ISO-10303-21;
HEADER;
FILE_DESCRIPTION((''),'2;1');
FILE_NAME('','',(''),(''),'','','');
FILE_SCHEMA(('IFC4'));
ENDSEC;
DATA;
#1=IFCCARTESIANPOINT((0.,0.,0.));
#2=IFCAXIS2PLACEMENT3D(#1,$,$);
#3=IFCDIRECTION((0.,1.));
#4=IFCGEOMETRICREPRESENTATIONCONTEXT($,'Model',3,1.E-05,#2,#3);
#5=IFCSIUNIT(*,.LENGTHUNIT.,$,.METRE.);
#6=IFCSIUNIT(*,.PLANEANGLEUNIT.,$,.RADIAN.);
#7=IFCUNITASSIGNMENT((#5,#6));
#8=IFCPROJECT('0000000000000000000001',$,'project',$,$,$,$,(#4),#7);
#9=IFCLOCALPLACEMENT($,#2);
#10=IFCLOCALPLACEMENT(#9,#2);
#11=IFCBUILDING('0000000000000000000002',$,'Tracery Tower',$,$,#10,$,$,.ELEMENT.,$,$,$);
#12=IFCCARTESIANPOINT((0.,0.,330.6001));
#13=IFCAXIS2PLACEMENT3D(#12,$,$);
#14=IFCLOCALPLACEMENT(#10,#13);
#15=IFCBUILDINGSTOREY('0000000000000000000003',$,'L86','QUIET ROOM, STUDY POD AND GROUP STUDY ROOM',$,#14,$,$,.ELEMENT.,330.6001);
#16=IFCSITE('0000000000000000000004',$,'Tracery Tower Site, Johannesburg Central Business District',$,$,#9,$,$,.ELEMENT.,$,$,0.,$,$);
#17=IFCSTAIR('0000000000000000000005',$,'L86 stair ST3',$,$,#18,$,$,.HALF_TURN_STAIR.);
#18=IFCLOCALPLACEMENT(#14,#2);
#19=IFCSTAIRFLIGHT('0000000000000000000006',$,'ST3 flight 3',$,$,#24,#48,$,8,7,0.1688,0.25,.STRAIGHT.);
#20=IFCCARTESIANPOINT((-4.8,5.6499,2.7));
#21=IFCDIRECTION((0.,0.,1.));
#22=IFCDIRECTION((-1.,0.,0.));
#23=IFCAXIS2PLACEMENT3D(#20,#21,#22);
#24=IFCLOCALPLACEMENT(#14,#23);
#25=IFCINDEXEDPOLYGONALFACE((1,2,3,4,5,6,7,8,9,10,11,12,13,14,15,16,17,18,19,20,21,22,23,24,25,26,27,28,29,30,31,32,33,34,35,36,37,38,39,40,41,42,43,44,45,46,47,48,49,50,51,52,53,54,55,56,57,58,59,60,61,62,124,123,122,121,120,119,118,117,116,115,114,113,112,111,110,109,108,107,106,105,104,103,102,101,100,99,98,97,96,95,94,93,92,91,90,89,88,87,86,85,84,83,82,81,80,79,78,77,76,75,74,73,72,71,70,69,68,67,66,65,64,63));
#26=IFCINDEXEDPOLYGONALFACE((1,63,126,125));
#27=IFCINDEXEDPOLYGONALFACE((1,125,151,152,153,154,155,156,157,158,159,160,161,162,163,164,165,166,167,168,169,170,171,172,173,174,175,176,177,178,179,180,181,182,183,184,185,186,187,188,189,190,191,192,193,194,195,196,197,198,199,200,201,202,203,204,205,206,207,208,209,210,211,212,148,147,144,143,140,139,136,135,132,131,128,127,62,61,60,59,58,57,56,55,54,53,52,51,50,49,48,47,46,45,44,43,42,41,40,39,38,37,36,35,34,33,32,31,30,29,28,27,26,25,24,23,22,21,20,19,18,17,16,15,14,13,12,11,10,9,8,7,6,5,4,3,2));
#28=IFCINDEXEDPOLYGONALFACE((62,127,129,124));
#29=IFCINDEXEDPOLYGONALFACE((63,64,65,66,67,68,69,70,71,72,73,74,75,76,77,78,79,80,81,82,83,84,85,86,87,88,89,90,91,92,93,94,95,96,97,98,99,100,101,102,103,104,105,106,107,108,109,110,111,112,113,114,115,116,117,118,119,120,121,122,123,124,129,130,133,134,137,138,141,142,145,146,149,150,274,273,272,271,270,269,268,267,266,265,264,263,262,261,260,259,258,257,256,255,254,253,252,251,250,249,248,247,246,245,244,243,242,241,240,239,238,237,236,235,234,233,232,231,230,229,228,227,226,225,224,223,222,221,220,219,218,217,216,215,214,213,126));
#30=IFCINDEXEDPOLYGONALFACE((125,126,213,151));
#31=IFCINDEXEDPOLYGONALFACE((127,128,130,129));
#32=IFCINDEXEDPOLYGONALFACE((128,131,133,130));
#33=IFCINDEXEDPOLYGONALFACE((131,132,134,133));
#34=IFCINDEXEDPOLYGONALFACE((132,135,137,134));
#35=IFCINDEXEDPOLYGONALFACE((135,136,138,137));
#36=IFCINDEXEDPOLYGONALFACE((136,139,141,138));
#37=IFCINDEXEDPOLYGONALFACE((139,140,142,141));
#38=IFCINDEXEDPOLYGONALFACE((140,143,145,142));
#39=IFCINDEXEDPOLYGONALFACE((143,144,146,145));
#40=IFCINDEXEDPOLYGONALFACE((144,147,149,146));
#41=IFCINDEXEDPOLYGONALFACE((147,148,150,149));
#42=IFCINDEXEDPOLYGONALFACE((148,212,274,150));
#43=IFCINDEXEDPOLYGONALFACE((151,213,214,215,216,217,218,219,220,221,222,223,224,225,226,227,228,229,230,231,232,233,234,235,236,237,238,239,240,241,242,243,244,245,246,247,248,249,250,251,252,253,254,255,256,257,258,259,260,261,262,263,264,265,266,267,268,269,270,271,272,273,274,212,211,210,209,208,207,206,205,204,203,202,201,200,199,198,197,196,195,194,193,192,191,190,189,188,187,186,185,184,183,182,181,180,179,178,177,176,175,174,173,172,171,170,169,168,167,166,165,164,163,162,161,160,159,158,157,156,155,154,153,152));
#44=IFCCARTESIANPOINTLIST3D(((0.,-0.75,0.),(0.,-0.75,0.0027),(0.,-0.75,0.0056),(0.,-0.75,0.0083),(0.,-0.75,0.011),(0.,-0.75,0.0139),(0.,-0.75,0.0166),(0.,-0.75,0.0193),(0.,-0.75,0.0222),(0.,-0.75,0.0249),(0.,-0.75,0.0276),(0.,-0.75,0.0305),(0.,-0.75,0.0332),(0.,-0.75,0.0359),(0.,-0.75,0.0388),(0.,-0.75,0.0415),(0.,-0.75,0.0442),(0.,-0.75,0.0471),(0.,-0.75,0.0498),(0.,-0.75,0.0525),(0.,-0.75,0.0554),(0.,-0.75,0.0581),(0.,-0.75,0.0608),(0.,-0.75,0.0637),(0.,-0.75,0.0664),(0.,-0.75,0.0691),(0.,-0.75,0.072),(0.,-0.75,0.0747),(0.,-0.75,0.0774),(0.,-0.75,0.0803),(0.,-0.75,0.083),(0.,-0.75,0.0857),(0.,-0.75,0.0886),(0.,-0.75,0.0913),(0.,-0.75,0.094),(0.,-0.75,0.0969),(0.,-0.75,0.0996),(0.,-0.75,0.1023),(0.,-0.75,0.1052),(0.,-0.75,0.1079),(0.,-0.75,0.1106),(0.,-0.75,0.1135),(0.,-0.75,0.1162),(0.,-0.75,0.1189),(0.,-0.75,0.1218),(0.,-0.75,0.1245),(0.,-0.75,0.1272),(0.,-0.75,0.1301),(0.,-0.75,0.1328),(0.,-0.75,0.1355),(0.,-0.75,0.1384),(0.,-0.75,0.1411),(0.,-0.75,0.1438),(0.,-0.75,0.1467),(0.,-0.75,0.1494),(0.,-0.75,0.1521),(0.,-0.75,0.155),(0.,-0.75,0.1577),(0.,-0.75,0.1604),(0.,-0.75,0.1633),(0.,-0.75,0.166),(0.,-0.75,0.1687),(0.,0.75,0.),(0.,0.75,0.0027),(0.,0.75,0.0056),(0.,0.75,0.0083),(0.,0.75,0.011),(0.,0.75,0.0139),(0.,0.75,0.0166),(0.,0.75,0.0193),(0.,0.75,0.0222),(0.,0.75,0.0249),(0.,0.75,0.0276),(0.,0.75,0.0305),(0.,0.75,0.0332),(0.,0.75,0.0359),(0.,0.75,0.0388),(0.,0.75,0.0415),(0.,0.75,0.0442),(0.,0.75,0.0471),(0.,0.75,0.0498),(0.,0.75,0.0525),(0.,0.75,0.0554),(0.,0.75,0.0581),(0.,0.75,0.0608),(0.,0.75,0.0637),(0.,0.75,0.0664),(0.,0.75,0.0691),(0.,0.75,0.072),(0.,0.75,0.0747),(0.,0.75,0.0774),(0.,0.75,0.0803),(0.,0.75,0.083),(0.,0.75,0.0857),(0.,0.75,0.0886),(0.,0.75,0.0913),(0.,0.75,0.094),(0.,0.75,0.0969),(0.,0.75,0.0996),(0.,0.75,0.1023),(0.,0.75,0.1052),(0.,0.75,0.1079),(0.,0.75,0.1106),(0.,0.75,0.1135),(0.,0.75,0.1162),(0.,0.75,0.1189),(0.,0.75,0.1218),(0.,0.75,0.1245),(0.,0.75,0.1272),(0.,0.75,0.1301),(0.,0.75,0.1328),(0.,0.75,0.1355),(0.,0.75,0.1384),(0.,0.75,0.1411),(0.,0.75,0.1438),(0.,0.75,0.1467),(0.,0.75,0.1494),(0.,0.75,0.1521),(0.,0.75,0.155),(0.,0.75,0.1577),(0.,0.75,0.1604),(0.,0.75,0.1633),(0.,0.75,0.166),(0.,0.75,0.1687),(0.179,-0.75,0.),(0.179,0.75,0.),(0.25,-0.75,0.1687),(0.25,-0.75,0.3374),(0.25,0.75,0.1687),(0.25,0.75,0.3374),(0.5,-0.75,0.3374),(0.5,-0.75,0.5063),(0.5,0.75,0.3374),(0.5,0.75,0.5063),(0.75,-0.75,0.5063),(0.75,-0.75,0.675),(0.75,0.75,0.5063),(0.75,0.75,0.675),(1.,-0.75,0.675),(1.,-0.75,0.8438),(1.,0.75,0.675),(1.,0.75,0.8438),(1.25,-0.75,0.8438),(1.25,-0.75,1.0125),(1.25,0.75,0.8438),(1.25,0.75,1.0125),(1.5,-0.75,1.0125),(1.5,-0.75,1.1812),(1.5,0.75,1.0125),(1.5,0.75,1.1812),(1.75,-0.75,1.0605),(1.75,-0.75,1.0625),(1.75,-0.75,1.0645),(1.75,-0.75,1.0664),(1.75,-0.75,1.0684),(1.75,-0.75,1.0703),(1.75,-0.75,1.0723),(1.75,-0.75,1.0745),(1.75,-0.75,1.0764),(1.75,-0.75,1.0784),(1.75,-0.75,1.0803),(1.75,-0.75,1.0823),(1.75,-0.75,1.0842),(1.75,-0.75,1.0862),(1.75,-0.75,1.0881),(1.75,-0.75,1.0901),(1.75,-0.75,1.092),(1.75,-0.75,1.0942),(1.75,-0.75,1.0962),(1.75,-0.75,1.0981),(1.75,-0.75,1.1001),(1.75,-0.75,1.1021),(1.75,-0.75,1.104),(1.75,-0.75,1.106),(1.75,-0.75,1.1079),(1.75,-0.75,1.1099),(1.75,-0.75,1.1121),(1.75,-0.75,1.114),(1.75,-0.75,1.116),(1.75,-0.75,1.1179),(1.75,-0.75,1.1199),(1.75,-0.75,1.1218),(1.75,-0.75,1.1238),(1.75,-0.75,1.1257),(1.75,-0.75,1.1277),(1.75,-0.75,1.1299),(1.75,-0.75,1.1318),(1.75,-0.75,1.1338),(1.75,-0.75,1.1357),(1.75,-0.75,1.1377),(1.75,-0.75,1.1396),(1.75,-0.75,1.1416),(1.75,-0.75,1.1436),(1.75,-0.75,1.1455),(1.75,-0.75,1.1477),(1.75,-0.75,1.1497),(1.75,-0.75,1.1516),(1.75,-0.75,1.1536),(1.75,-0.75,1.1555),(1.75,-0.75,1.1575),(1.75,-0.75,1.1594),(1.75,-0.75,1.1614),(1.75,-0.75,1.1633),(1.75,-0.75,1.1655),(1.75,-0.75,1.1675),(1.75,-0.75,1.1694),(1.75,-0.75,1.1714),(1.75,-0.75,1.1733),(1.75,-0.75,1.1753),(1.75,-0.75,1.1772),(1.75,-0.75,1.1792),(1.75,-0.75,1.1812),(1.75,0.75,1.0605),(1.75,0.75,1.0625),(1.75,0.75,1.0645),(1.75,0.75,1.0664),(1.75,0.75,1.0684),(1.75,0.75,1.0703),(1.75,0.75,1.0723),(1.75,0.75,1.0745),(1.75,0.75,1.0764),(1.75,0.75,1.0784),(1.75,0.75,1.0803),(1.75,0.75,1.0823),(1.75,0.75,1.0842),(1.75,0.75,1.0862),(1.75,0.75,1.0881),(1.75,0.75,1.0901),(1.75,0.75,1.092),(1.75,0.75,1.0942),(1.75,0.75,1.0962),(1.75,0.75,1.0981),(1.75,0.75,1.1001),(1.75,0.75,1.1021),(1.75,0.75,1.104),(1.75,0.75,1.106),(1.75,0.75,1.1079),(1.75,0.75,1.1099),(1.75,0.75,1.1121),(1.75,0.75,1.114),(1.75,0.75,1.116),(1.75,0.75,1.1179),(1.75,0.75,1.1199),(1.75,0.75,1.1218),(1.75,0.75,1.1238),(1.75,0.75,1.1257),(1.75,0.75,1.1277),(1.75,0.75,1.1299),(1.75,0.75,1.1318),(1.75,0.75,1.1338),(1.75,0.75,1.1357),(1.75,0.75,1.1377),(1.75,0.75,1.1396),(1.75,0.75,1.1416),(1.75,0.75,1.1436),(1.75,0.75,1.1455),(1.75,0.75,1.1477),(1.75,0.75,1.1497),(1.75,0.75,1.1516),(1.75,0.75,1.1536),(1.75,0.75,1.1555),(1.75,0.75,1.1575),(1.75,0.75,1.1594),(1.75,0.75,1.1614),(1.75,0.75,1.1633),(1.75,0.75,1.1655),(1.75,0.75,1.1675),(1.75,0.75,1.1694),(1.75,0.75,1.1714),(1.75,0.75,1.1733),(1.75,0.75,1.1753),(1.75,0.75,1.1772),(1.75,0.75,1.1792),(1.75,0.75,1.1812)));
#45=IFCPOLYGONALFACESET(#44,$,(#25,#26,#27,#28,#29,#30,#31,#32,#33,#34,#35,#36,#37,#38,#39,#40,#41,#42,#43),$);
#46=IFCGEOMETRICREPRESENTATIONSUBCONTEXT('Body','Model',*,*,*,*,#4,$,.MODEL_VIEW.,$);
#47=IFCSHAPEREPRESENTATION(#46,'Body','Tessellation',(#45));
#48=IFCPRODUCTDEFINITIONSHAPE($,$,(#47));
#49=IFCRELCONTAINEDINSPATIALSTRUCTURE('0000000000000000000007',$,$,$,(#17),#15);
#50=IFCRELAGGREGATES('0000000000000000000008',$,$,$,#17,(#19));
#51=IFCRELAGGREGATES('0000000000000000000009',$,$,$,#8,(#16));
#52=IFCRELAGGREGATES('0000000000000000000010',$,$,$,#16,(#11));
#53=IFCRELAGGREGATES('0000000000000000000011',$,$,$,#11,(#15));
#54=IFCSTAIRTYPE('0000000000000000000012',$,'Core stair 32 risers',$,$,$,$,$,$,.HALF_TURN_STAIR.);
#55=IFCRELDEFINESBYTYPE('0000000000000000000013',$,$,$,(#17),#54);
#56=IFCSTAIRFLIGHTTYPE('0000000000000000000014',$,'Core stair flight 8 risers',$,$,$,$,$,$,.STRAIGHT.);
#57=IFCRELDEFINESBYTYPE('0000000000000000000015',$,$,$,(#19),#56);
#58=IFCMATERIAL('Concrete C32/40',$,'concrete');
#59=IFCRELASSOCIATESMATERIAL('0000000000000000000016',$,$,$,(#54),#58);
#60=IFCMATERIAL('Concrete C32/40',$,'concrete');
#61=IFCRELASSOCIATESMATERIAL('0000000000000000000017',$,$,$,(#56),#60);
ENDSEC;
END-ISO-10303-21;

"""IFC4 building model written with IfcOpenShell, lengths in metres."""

from ifc_helpers import new_model, si_unit, direction, frame, origin, place, context, subcontext, project, spatial, polyline, outline, extrude, material, type_object, element, aggregate, save


model = new_model("IFC4")

# Units and contexts
model_context = context("Model", 3, precision=1e-05, world=origin(), true_north=direction((0.0, 1.0)))
body_context = subcontext(model_context, "Body", "Model", "MODEL_VIEW")
ifc_project = project(units=[si_unit("LENGTHUNIT", "METRE"), si_unit("PLANEANGLEUNIT", "RADIAN")], contexts=[model_context])

# Site, building, storey
site_placement = place(None, origin())
site = spatial("IfcSite", under=ifc_project, at=site_placement, Name="Tracery Tower Site, Johannesburg Central Business District", CompositionType="ELEMENT", RefElevation=0.0)
building_placement = place(site_placement, origin())
building = spatial("IfcBuilding", under=site, at=building_placement, Name="Tracery Tower", CompositionType="ELEMENT")
storey_placement = place(building_placement, frame((0.0, 0.0, 330.6001)))
storey = spatial("IfcBuildingStorey", under=building, at=storey_placement, Name="L86", Description="QUIET ROOM, STUDY POD AND GROUP STUDY ROOM", CompositionType="ELEMENT", Elevation=330.6001)

# Shared definitions
ifc_material_1 = material(Name="Concrete C32/40", Category="concrete")
stair_type = type_object("IfcStairType", Name="Core stair 32 risers", PredefinedType="HALF_TURN_STAIR", material=ifc_material_1)

# Stair, stair flight
stair_1_placement = place(storey_placement, origin())
stair_1 = element("IfcStair", 1, at=stair_1_placement, inside=storey, type_object=stair_type, Name="L86 stair ST3", PredefinedType="HALF_TURN_STAIR")
ifc_material_2 = material(Name="Concrete C32/40", Category="concrete")
stair_flight_type = type_object("IfcStairFlightType", Name="Core stair flight 8 risers", PredefinedType="STRAIGHT", material=ifc_material_2)
stair_flight_1_placement = place(storey_placement, frame((-4.8, 5.6499, 2.7), z_axis=(0.0, 0.0, 1.0), x_axis=(-1.0, 0.0, 0.0)))
stair_flight_1 = element("IfcStairFlight", 2, at=stair_flight_1_placement, type_object=stair_flight_type, Name="ST3 flight 3", NumberOfRisers=8, NumberOfTreads=7, PredefinedType="STRAIGHT", RiserHeight=0.1688, TreadLength=0.25, context=body_context, shape_type="SweptSolid", body=[
    extrude(outline(polyline([(0.0, 0.0), (0.0, 0.0027), (0.0, 0.0056), (0.0, 0.0083), (0.0, 0.011), (0.0, 0.0139), (0.0, 0.0166), (0.0, 0.0193), (0.0, 0.0222), (0.0, 0.0249), (0.0, 0.0276), (0.0, 0.0305), (0.0, 0.0332), (0.0, 0.0359), (0.0, 0.0388), (0.0, 0.0415), (0.0, 0.0442), (0.0, 0.0471), (0.0, 0.0498), (0.0, 0.0525), (0.0, 0.0554), (0.0, 0.0581), (0.0, 0.0608), (0.0, 0.0637), (0.0, 0.0664), (0.0, 0.0691), (0.0, 0.072), (0.0, 0.0747), (0.0, 0.0774), (0.0, 0.0803), (0.0, 0.083), (0.0, 0.0857), (0.0, 0.0886), (0.0, 0.0913), (0.0, 0.094), (0.0, 0.0969), (0.0, 0.0996), (0.0, 0.1023), (0.0, 0.1052), (0.0, 0.1079), (0.0, 0.1106), (0.0, 0.1135), (0.0, 0.1162), (0.0, 0.1189), (0.0, 0.1218), (0.0, 0.1245), (0.0, 0.1272), (0.0, 0.1301), (0.0, 0.1328), (0.0, 0.1355), (0.0, 0.1384), (0.0, 0.1411), (0.0, 0.1438), (0.0, 0.1467), (0.0, 0.1494), (0.0, 0.1521), (0.0, 0.155), (0.0, 0.1577), (0.0, 0.1604), (0.0, 0.1633), (0.0, 0.166), (0.0, 0.1687), (0.25, 0.1687), (0.25, 0.3374), (0.5, 0.3374), (0.5, 0.5063), (0.75, 0.5063), (0.75, 0.675), (1.0, 0.675), (1.0, 0.8438), (1.25, 0.8438), (1.25, 1.0125), (1.5, 1.0125), (1.5, 1.1812), (1.75, 1.1812), (1.75, 1.1792), (1.75, 1.1772), (1.75, 1.1753), (1.75, 1.1733), (1.75, 1.1714), (1.75, 1.1694), (1.75, 1.1675), (1.75, 1.1655), (1.75, 1.1633), (1.75, 1.1614), (1.75, 1.1594), (1.75, 1.1575), (1.75, 1.1555), (1.75, 1.1536), (1.75, 1.1516), (1.75, 1.1497), (1.75, 1.1477), (1.75, 1.1455), (1.75, 1.1436), (1.75, 1.1416), (1.75, 1.1396), (1.75, 1.1377), (1.75, 1.1357), (1.75, 1.1338), (1.75, 1.1318), (1.75, 1.1299), (1.75, 1.1277), (1.75, 1.1257), (1.75, 1.1238), (1.75, 1.1218), (1.75, 1.1199), (1.75, 1.1179), (1.75, 1.116), (1.75, 1.114), (1.75, 1.1121), (1.75, 1.1099), (1.75, 1.1079), (1.75, 1.106), (1.75, 1.104), (1.75, 1.1021), (1.75, 1.1001), (1.75, 1.0981), (1.75, 1.0962), (1.75, 1.0942), (1.75, 1.092), (1.75, 1.0901), (1.75, 1.0881), (1.75, 1.0862), (1.75, 1.0842), (1.75, 1.0823), (1.75, 1.0803), (1.75, 1.0784), (1.75, 1.0764), (1.75, 1.0745), (1.75, 1.0723), (1.75, 1.0703), (1.75, 1.0684), (1.75, 1.0664), (1.75, 1.0645), (1.75, 1.0625), (1.75, 1.0605), (0.179, 0.0), (0.0, 0.0)])), frame((0.0, 0.75, 0.0), z_axis=(0.0, -1.0, 0.0), x_axis=(1.0, 0.0, 0.0)), (0.0, 0.0, 1.0), 1.5),
])
aggregate(stair_1, [stair_flight_1])

save(model, "model.ifc")
